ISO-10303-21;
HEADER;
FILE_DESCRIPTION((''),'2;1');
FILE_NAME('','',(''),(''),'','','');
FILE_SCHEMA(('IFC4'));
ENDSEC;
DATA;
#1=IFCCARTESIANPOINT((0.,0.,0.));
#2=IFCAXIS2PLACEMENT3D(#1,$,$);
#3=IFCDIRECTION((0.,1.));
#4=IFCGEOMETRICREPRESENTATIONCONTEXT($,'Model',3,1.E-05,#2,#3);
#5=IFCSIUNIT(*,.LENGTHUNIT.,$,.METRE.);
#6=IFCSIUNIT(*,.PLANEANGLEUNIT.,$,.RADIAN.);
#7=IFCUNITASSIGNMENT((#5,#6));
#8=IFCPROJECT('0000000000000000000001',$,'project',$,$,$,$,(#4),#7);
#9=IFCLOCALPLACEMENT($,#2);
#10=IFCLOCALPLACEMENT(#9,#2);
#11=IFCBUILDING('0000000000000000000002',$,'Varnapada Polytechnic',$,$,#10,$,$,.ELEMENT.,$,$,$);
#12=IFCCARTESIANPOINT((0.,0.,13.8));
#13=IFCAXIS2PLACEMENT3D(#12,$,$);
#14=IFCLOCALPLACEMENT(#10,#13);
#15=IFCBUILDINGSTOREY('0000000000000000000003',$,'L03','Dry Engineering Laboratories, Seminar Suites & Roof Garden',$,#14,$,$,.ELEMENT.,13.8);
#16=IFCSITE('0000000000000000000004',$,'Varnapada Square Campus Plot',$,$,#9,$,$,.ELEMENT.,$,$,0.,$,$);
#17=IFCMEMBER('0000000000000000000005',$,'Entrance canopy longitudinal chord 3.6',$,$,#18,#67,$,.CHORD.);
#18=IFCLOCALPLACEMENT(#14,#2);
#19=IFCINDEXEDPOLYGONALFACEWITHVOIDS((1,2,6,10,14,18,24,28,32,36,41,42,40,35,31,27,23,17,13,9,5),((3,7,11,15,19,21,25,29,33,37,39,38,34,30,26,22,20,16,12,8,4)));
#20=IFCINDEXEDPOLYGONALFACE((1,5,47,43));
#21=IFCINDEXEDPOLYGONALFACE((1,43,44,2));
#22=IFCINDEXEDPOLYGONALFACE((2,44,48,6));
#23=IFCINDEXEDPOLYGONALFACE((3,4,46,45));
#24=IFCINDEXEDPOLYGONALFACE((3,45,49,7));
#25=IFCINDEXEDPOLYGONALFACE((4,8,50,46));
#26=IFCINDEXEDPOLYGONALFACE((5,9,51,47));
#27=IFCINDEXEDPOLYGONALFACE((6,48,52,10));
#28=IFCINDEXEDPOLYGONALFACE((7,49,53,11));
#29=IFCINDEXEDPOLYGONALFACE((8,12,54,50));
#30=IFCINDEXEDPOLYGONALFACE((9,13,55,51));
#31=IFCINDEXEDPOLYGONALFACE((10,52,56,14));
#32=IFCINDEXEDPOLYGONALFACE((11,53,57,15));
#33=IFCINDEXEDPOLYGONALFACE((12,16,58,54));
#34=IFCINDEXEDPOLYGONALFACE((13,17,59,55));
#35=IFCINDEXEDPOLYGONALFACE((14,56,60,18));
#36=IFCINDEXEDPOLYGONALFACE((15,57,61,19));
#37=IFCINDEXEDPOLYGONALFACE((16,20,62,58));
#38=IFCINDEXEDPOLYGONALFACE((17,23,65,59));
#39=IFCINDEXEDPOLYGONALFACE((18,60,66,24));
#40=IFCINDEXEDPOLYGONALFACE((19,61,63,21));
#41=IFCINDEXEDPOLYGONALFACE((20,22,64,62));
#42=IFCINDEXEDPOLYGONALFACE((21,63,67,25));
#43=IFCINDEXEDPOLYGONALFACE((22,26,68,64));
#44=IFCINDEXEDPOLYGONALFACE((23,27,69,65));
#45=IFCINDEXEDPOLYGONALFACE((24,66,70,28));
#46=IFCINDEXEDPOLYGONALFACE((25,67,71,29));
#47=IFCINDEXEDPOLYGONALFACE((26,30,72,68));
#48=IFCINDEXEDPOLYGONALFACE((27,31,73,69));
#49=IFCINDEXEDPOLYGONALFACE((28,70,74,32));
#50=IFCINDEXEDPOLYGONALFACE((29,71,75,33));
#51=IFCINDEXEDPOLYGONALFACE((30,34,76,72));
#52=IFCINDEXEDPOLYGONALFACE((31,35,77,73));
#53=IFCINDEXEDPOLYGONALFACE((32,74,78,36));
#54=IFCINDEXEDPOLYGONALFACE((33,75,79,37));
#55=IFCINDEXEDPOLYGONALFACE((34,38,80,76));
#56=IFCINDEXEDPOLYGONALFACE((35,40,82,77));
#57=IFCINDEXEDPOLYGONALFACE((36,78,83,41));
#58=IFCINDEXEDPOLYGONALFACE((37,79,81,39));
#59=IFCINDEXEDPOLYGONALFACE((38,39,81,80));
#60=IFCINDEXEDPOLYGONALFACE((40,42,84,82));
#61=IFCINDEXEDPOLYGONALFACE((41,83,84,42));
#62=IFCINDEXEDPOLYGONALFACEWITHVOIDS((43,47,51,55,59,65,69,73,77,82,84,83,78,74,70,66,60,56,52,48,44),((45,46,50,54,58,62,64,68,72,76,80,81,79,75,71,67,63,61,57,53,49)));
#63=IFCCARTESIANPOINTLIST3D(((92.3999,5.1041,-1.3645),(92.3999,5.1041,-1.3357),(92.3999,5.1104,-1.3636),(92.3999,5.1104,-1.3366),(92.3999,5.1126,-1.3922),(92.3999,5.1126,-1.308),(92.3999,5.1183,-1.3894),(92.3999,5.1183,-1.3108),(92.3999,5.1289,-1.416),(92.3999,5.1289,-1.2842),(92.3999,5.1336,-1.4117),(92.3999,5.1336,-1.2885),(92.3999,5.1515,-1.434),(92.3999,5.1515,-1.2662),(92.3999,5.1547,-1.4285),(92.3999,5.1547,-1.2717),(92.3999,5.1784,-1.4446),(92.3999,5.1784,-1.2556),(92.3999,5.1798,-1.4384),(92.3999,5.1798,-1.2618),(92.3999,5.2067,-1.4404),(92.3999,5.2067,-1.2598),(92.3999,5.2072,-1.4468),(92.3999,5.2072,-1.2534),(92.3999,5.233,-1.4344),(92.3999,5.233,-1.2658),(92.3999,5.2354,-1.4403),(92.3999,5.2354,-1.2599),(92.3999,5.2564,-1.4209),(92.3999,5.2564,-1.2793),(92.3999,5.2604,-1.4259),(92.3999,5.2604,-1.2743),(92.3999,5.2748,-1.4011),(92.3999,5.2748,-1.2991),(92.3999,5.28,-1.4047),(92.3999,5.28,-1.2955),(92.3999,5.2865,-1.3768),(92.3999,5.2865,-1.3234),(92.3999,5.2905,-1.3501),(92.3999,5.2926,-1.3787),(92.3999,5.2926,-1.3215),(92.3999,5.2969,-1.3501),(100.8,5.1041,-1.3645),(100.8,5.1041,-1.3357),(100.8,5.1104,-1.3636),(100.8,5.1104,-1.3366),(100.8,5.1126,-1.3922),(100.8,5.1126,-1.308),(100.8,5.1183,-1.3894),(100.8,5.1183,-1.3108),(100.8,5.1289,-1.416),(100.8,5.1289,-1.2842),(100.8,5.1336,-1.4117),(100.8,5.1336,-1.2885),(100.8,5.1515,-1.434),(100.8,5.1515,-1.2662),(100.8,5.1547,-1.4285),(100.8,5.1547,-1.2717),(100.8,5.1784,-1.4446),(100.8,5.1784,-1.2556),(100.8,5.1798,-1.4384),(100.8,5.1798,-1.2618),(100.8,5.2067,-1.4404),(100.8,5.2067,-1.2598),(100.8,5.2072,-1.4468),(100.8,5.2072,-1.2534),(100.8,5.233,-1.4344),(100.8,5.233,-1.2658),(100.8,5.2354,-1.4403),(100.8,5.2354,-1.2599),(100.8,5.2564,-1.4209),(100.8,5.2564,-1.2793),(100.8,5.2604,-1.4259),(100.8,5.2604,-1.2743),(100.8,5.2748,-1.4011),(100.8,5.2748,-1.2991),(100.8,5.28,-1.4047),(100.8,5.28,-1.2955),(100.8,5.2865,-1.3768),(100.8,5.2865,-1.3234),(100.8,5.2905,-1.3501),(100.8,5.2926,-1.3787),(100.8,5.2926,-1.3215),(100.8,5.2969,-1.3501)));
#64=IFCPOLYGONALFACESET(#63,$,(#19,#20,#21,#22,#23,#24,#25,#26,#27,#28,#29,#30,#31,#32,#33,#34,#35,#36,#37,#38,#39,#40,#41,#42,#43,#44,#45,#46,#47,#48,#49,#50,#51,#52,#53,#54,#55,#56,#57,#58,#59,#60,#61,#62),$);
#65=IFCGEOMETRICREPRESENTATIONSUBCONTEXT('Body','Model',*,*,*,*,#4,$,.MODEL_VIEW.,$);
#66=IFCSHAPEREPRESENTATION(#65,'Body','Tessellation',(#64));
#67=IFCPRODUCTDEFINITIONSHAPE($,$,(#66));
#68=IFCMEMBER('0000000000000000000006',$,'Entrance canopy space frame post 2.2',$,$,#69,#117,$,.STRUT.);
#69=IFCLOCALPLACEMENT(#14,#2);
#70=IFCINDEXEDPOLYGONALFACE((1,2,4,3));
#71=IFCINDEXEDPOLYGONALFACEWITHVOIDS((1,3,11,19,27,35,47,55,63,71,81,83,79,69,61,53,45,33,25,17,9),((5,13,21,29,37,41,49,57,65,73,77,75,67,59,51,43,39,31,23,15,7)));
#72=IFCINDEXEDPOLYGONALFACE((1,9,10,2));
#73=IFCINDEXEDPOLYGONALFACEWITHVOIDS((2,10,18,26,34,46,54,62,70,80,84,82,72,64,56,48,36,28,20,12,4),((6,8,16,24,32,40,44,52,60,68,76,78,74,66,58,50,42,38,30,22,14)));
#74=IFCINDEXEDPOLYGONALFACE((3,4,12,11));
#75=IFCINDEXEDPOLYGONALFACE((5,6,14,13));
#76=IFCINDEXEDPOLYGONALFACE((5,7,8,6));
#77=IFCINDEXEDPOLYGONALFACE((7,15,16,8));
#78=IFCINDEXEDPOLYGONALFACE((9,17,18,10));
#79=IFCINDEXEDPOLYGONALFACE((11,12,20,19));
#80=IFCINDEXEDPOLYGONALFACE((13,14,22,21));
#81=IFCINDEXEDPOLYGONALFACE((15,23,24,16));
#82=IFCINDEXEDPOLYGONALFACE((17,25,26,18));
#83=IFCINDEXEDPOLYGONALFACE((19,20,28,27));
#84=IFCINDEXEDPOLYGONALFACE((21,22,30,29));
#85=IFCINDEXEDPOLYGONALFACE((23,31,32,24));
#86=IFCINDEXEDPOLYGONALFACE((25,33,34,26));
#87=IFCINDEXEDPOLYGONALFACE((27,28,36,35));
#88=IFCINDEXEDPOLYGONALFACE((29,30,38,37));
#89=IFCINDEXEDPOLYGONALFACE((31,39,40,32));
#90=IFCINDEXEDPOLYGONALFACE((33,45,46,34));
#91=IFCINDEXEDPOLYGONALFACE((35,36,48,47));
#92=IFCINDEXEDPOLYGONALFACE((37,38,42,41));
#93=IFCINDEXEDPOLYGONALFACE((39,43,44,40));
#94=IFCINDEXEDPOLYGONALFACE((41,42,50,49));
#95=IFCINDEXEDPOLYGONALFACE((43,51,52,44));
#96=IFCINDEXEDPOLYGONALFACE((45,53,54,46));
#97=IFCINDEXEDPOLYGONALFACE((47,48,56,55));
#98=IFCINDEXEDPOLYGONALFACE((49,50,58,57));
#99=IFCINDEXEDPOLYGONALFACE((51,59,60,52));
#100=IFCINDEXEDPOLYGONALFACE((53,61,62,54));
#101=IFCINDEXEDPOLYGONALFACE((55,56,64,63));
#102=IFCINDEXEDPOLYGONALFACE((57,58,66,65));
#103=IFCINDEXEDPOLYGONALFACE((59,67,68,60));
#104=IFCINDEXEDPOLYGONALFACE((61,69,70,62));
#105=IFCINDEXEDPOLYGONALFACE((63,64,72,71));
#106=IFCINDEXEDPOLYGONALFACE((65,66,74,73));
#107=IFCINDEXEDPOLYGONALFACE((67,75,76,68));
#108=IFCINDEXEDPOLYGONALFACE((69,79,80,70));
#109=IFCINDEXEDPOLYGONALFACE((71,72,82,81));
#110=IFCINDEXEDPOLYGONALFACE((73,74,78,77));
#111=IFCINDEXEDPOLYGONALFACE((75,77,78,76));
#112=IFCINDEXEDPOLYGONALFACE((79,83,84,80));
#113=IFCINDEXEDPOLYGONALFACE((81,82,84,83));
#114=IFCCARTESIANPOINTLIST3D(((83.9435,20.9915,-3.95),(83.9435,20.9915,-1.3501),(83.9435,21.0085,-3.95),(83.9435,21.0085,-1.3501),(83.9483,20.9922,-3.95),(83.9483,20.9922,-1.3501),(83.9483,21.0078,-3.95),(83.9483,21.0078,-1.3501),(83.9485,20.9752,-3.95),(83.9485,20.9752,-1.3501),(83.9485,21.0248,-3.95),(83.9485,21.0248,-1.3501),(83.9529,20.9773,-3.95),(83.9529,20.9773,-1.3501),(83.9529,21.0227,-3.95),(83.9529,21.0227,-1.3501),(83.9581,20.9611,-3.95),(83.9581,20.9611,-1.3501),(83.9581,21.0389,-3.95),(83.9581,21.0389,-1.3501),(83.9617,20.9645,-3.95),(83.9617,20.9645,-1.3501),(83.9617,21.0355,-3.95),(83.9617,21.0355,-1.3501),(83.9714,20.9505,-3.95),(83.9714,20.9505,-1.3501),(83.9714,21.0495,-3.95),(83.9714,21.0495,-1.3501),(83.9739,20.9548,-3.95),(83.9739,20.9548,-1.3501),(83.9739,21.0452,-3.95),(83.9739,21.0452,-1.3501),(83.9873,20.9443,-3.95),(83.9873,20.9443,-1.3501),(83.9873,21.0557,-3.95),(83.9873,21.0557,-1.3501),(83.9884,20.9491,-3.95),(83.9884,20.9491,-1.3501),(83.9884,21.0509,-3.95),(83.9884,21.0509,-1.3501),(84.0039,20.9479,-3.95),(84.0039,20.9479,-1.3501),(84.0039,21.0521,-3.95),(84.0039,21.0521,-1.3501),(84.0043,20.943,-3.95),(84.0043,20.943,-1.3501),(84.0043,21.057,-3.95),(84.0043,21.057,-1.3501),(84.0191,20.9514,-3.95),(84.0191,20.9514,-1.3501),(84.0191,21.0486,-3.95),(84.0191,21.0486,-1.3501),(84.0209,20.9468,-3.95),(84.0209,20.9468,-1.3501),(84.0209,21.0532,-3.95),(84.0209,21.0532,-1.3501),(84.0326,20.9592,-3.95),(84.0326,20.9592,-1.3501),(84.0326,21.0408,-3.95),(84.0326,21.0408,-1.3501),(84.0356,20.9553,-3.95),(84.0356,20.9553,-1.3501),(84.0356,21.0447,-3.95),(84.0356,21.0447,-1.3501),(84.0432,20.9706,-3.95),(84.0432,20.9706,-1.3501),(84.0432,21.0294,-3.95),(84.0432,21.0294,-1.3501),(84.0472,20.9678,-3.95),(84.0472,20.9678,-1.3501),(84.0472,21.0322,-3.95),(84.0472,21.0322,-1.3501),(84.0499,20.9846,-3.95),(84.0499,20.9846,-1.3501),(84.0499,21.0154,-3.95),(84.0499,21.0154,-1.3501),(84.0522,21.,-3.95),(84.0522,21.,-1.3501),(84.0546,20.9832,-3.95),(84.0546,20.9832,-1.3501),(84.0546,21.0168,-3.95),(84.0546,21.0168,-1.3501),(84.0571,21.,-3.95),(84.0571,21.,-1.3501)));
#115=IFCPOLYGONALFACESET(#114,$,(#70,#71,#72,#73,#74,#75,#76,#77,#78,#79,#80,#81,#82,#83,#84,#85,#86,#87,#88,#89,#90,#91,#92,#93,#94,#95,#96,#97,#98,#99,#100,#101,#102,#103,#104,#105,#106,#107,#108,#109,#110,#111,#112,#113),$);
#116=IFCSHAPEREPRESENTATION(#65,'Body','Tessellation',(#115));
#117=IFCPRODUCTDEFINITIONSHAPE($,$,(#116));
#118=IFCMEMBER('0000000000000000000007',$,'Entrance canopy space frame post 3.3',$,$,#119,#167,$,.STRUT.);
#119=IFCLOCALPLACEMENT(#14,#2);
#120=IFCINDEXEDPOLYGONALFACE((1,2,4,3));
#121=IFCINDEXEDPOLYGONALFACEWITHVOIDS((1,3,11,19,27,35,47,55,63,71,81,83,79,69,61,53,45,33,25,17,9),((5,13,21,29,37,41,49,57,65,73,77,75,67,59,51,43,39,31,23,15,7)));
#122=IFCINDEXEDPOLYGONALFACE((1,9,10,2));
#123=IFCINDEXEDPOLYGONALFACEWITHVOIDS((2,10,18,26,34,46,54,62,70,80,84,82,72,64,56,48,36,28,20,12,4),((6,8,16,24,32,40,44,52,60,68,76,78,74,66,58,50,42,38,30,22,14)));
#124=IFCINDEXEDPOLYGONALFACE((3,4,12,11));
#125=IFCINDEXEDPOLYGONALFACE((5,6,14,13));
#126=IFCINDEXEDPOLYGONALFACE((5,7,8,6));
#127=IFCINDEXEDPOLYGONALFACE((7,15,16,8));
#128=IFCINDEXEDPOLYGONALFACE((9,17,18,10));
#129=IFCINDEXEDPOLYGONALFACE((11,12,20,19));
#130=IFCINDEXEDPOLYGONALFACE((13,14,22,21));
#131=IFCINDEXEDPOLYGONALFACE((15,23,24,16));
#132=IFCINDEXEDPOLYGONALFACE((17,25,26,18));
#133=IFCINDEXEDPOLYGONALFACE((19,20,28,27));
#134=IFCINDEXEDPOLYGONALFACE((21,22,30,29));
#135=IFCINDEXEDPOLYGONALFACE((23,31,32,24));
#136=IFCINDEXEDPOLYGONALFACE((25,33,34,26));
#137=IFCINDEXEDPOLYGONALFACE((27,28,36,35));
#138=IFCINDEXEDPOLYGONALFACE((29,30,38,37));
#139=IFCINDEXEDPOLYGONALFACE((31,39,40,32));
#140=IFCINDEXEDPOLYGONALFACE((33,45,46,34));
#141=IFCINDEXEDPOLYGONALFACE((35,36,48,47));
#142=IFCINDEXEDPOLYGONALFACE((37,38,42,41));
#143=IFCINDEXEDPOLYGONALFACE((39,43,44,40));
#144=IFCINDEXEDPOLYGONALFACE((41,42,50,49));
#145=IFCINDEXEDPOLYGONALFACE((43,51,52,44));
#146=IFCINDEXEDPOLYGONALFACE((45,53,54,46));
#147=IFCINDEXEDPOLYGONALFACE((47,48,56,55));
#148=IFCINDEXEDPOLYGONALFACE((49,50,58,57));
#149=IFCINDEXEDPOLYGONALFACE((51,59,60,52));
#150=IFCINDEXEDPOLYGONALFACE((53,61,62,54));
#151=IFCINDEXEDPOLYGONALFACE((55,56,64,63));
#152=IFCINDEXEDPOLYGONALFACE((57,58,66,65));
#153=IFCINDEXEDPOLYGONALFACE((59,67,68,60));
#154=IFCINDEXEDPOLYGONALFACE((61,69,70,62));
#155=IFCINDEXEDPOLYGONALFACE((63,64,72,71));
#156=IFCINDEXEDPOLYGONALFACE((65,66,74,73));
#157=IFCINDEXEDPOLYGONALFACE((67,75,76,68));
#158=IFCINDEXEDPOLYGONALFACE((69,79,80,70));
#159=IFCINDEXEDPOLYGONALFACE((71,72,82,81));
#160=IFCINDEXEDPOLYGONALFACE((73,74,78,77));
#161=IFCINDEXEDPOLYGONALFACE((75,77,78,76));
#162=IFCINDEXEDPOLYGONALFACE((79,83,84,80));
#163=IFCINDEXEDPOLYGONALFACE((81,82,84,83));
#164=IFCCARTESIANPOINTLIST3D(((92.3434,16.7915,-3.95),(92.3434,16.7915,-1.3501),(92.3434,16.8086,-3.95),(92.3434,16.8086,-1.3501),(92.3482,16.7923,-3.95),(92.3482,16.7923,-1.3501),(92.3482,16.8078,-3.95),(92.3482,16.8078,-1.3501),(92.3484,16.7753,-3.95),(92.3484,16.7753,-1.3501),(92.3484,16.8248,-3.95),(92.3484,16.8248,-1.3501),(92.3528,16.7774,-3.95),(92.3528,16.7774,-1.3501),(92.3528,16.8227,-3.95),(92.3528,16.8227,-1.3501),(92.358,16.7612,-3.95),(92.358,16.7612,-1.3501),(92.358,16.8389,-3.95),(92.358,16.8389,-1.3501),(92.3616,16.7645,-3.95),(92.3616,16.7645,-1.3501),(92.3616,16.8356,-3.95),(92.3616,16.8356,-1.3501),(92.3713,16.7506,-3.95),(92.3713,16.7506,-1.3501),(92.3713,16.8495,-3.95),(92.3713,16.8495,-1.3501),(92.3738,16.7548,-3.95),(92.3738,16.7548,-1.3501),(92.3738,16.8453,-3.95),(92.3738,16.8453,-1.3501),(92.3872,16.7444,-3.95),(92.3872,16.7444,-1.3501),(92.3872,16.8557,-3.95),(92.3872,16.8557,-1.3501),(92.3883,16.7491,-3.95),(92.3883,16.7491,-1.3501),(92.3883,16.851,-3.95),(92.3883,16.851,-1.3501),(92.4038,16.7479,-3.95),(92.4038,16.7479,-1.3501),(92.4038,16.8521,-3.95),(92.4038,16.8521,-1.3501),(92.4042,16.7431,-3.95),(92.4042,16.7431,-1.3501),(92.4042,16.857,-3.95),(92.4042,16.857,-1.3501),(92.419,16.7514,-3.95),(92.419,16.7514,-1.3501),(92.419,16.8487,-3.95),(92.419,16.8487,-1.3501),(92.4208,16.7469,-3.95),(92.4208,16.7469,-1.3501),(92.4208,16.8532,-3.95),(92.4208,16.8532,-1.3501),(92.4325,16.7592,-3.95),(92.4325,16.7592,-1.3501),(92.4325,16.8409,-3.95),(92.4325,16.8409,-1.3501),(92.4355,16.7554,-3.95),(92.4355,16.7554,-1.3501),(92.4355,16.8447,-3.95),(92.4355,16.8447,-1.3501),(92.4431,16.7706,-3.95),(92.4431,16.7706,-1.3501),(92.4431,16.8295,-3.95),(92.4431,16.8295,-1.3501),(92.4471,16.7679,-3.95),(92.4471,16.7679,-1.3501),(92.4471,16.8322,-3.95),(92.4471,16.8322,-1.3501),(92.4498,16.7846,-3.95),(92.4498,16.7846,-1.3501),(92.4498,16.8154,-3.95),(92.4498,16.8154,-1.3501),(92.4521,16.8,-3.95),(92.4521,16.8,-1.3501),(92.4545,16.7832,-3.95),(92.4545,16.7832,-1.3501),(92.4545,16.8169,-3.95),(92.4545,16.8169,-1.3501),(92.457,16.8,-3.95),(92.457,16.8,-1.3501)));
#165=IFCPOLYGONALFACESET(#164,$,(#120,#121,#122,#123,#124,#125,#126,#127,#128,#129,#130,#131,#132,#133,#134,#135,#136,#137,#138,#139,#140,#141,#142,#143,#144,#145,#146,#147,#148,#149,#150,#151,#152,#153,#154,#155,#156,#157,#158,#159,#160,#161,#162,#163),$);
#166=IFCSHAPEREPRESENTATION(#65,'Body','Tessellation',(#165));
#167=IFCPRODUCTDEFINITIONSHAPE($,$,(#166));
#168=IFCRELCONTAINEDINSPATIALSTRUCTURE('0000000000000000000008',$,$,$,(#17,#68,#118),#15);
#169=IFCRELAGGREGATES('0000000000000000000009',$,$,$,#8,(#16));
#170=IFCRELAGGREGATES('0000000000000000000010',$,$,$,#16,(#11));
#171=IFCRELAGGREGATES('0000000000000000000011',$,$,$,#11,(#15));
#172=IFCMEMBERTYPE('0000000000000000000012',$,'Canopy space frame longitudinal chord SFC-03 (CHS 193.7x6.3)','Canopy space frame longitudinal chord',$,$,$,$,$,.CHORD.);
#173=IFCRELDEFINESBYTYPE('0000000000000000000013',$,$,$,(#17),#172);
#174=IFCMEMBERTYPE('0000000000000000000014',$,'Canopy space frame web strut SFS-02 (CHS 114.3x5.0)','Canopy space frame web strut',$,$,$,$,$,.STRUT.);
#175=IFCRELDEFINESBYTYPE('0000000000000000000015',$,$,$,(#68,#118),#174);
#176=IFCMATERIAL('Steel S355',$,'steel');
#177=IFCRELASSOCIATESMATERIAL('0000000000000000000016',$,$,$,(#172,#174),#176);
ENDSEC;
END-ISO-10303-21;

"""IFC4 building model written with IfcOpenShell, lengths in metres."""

from ifc_helpers import new_model, si_unit, direction, frame, origin, origin_2d, place, context, subcontext, project, spatial, hollow_circle, extrude, material, material_profile, profile_set, type_object, element, save


model = new_model("IFC4")

# Units and contexts
model_context = context("Model", 3, precision=1e-05, world=origin(), true_north=direction((0.0, 1.0)))
body_context = subcontext(model_context, "Body", "Model", "MODEL_VIEW")
ifc_project = project(units=[si_unit("LENGTHUNIT", "METRE"), si_unit("PLANEANGLEUNIT", "RADIAN")], contexts=[model_context])

# Site, building, storey
site_placement = place(None, origin())
site = spatial("IfcSite", under=ifc_project, at=site_placement, Name="Varnapada Square Campus Plot", CompositionType="ELEMENT", RefElevation=0.0)
building_placement = place(site_placement, origin())
building = spatial("IfcBuilding", under=site, at=building_placement, Name="Varnapada Polytechnic", CompositionType="ELEMENT")
storey_placement = place(building_placement, frame((0.0, 0.0, 13.8)))
storey = spatial("IfcBuildingStorey", under=building, at=storey_placement, Name="L03", Description="Dry Engineering Laboratories, Seminar Suites & Roof Garden", CompositionType="ELEMENT", Elevation=13.8)

# Members
ifc_material = material(Name="Steel S355", Category="steel")
ifc_material_profile_1 = material_profile(ifc_material, hollow_circle(Radius=0.0969, WallThickness=0.0063, at=origin_2d()), Name="CHS 193.7x6.3")
ifc_profile_set_1 = profile_set([ifc_material_profile_1], Name="Steel S355")
member_type_1 = type_object("IfcMemberType", Name="Canopy space frame longitudinal chord SFC-03 (CHS 193.7x6.3)", Description="Canopy space frame longitudinal chord", PredefinedType="CHORD", material=ifc_profile_set_1)
for number, where, z_axis, x_axis, name in (
    (1, (92.3999, 5.2, -1.3501), (1.0, 0.0, 0.0), (0.0, 1.0, 0.0), "Entrance canopy longitudinal chord 3.6"),
):
    element("IfcMember", number, at=place(storey_placement, frame(where, z_axis=z_axis, x_axis=x_axis)), inside=storey, type_object=member_type_1, Name=name, PredefinedType="CHORD", context=body_context, shape_type="SweptSolid", body=[
        extrude(hollow_circle(Radius=0.0969, WallThickness=0.0063, at=origin_2d()), origin(), (0.0, 0.0, 1.0), 8.4001),
    ])
ifc_material_profile_2 = material_profile(ifc_material, hollow_circle(Radius=0.0571, WallThickness=0.0049, at=origin_2d()), Name="CHS 114.3x5.0")
ifc_profile_set_2 = profile_set([ifc_material_profile_2], Name="Steel S355")
member_type_2 = type_object("IfcMemberType", Name="Canopy space frame web strut SFS-02 (CHS 114.3x5.0)", Description="Canopy space frame web strut", PredefinedType="STRUT", material=ifc_profile_set_2)
for number, where, z_axis, x_axis, name in (
    (2, (84.0, 21.0, -3.95), (0.0, 0.0, 1.0), (1.0, 0.0, 0.0), "Entrance canopy space frame post 2.2"),
    (3, (92.3999, 16.8, -3.95), (0.0, 0.0, 1.0), (1.0, 0.0, 0.0), "Entrance canopy space frame post 3.3"),
):
    element("IfcMember", number, at=place(storey_placement, frame(where, z_axis=z_axis, x_axis=x_axis)), inside=storey, type_object=member_type_2, Name=name, PredefinedType="STRUT", context=body_context, shape_type="SweptSolid", body=[
        extrude(hollow_circle(Radius=0.0571, WallThickness=0.0049, at=origin_2d()), origin(), (0.0, 0.0, 1.0), 2.5999),
    ])

save(model, "model.ifc")
